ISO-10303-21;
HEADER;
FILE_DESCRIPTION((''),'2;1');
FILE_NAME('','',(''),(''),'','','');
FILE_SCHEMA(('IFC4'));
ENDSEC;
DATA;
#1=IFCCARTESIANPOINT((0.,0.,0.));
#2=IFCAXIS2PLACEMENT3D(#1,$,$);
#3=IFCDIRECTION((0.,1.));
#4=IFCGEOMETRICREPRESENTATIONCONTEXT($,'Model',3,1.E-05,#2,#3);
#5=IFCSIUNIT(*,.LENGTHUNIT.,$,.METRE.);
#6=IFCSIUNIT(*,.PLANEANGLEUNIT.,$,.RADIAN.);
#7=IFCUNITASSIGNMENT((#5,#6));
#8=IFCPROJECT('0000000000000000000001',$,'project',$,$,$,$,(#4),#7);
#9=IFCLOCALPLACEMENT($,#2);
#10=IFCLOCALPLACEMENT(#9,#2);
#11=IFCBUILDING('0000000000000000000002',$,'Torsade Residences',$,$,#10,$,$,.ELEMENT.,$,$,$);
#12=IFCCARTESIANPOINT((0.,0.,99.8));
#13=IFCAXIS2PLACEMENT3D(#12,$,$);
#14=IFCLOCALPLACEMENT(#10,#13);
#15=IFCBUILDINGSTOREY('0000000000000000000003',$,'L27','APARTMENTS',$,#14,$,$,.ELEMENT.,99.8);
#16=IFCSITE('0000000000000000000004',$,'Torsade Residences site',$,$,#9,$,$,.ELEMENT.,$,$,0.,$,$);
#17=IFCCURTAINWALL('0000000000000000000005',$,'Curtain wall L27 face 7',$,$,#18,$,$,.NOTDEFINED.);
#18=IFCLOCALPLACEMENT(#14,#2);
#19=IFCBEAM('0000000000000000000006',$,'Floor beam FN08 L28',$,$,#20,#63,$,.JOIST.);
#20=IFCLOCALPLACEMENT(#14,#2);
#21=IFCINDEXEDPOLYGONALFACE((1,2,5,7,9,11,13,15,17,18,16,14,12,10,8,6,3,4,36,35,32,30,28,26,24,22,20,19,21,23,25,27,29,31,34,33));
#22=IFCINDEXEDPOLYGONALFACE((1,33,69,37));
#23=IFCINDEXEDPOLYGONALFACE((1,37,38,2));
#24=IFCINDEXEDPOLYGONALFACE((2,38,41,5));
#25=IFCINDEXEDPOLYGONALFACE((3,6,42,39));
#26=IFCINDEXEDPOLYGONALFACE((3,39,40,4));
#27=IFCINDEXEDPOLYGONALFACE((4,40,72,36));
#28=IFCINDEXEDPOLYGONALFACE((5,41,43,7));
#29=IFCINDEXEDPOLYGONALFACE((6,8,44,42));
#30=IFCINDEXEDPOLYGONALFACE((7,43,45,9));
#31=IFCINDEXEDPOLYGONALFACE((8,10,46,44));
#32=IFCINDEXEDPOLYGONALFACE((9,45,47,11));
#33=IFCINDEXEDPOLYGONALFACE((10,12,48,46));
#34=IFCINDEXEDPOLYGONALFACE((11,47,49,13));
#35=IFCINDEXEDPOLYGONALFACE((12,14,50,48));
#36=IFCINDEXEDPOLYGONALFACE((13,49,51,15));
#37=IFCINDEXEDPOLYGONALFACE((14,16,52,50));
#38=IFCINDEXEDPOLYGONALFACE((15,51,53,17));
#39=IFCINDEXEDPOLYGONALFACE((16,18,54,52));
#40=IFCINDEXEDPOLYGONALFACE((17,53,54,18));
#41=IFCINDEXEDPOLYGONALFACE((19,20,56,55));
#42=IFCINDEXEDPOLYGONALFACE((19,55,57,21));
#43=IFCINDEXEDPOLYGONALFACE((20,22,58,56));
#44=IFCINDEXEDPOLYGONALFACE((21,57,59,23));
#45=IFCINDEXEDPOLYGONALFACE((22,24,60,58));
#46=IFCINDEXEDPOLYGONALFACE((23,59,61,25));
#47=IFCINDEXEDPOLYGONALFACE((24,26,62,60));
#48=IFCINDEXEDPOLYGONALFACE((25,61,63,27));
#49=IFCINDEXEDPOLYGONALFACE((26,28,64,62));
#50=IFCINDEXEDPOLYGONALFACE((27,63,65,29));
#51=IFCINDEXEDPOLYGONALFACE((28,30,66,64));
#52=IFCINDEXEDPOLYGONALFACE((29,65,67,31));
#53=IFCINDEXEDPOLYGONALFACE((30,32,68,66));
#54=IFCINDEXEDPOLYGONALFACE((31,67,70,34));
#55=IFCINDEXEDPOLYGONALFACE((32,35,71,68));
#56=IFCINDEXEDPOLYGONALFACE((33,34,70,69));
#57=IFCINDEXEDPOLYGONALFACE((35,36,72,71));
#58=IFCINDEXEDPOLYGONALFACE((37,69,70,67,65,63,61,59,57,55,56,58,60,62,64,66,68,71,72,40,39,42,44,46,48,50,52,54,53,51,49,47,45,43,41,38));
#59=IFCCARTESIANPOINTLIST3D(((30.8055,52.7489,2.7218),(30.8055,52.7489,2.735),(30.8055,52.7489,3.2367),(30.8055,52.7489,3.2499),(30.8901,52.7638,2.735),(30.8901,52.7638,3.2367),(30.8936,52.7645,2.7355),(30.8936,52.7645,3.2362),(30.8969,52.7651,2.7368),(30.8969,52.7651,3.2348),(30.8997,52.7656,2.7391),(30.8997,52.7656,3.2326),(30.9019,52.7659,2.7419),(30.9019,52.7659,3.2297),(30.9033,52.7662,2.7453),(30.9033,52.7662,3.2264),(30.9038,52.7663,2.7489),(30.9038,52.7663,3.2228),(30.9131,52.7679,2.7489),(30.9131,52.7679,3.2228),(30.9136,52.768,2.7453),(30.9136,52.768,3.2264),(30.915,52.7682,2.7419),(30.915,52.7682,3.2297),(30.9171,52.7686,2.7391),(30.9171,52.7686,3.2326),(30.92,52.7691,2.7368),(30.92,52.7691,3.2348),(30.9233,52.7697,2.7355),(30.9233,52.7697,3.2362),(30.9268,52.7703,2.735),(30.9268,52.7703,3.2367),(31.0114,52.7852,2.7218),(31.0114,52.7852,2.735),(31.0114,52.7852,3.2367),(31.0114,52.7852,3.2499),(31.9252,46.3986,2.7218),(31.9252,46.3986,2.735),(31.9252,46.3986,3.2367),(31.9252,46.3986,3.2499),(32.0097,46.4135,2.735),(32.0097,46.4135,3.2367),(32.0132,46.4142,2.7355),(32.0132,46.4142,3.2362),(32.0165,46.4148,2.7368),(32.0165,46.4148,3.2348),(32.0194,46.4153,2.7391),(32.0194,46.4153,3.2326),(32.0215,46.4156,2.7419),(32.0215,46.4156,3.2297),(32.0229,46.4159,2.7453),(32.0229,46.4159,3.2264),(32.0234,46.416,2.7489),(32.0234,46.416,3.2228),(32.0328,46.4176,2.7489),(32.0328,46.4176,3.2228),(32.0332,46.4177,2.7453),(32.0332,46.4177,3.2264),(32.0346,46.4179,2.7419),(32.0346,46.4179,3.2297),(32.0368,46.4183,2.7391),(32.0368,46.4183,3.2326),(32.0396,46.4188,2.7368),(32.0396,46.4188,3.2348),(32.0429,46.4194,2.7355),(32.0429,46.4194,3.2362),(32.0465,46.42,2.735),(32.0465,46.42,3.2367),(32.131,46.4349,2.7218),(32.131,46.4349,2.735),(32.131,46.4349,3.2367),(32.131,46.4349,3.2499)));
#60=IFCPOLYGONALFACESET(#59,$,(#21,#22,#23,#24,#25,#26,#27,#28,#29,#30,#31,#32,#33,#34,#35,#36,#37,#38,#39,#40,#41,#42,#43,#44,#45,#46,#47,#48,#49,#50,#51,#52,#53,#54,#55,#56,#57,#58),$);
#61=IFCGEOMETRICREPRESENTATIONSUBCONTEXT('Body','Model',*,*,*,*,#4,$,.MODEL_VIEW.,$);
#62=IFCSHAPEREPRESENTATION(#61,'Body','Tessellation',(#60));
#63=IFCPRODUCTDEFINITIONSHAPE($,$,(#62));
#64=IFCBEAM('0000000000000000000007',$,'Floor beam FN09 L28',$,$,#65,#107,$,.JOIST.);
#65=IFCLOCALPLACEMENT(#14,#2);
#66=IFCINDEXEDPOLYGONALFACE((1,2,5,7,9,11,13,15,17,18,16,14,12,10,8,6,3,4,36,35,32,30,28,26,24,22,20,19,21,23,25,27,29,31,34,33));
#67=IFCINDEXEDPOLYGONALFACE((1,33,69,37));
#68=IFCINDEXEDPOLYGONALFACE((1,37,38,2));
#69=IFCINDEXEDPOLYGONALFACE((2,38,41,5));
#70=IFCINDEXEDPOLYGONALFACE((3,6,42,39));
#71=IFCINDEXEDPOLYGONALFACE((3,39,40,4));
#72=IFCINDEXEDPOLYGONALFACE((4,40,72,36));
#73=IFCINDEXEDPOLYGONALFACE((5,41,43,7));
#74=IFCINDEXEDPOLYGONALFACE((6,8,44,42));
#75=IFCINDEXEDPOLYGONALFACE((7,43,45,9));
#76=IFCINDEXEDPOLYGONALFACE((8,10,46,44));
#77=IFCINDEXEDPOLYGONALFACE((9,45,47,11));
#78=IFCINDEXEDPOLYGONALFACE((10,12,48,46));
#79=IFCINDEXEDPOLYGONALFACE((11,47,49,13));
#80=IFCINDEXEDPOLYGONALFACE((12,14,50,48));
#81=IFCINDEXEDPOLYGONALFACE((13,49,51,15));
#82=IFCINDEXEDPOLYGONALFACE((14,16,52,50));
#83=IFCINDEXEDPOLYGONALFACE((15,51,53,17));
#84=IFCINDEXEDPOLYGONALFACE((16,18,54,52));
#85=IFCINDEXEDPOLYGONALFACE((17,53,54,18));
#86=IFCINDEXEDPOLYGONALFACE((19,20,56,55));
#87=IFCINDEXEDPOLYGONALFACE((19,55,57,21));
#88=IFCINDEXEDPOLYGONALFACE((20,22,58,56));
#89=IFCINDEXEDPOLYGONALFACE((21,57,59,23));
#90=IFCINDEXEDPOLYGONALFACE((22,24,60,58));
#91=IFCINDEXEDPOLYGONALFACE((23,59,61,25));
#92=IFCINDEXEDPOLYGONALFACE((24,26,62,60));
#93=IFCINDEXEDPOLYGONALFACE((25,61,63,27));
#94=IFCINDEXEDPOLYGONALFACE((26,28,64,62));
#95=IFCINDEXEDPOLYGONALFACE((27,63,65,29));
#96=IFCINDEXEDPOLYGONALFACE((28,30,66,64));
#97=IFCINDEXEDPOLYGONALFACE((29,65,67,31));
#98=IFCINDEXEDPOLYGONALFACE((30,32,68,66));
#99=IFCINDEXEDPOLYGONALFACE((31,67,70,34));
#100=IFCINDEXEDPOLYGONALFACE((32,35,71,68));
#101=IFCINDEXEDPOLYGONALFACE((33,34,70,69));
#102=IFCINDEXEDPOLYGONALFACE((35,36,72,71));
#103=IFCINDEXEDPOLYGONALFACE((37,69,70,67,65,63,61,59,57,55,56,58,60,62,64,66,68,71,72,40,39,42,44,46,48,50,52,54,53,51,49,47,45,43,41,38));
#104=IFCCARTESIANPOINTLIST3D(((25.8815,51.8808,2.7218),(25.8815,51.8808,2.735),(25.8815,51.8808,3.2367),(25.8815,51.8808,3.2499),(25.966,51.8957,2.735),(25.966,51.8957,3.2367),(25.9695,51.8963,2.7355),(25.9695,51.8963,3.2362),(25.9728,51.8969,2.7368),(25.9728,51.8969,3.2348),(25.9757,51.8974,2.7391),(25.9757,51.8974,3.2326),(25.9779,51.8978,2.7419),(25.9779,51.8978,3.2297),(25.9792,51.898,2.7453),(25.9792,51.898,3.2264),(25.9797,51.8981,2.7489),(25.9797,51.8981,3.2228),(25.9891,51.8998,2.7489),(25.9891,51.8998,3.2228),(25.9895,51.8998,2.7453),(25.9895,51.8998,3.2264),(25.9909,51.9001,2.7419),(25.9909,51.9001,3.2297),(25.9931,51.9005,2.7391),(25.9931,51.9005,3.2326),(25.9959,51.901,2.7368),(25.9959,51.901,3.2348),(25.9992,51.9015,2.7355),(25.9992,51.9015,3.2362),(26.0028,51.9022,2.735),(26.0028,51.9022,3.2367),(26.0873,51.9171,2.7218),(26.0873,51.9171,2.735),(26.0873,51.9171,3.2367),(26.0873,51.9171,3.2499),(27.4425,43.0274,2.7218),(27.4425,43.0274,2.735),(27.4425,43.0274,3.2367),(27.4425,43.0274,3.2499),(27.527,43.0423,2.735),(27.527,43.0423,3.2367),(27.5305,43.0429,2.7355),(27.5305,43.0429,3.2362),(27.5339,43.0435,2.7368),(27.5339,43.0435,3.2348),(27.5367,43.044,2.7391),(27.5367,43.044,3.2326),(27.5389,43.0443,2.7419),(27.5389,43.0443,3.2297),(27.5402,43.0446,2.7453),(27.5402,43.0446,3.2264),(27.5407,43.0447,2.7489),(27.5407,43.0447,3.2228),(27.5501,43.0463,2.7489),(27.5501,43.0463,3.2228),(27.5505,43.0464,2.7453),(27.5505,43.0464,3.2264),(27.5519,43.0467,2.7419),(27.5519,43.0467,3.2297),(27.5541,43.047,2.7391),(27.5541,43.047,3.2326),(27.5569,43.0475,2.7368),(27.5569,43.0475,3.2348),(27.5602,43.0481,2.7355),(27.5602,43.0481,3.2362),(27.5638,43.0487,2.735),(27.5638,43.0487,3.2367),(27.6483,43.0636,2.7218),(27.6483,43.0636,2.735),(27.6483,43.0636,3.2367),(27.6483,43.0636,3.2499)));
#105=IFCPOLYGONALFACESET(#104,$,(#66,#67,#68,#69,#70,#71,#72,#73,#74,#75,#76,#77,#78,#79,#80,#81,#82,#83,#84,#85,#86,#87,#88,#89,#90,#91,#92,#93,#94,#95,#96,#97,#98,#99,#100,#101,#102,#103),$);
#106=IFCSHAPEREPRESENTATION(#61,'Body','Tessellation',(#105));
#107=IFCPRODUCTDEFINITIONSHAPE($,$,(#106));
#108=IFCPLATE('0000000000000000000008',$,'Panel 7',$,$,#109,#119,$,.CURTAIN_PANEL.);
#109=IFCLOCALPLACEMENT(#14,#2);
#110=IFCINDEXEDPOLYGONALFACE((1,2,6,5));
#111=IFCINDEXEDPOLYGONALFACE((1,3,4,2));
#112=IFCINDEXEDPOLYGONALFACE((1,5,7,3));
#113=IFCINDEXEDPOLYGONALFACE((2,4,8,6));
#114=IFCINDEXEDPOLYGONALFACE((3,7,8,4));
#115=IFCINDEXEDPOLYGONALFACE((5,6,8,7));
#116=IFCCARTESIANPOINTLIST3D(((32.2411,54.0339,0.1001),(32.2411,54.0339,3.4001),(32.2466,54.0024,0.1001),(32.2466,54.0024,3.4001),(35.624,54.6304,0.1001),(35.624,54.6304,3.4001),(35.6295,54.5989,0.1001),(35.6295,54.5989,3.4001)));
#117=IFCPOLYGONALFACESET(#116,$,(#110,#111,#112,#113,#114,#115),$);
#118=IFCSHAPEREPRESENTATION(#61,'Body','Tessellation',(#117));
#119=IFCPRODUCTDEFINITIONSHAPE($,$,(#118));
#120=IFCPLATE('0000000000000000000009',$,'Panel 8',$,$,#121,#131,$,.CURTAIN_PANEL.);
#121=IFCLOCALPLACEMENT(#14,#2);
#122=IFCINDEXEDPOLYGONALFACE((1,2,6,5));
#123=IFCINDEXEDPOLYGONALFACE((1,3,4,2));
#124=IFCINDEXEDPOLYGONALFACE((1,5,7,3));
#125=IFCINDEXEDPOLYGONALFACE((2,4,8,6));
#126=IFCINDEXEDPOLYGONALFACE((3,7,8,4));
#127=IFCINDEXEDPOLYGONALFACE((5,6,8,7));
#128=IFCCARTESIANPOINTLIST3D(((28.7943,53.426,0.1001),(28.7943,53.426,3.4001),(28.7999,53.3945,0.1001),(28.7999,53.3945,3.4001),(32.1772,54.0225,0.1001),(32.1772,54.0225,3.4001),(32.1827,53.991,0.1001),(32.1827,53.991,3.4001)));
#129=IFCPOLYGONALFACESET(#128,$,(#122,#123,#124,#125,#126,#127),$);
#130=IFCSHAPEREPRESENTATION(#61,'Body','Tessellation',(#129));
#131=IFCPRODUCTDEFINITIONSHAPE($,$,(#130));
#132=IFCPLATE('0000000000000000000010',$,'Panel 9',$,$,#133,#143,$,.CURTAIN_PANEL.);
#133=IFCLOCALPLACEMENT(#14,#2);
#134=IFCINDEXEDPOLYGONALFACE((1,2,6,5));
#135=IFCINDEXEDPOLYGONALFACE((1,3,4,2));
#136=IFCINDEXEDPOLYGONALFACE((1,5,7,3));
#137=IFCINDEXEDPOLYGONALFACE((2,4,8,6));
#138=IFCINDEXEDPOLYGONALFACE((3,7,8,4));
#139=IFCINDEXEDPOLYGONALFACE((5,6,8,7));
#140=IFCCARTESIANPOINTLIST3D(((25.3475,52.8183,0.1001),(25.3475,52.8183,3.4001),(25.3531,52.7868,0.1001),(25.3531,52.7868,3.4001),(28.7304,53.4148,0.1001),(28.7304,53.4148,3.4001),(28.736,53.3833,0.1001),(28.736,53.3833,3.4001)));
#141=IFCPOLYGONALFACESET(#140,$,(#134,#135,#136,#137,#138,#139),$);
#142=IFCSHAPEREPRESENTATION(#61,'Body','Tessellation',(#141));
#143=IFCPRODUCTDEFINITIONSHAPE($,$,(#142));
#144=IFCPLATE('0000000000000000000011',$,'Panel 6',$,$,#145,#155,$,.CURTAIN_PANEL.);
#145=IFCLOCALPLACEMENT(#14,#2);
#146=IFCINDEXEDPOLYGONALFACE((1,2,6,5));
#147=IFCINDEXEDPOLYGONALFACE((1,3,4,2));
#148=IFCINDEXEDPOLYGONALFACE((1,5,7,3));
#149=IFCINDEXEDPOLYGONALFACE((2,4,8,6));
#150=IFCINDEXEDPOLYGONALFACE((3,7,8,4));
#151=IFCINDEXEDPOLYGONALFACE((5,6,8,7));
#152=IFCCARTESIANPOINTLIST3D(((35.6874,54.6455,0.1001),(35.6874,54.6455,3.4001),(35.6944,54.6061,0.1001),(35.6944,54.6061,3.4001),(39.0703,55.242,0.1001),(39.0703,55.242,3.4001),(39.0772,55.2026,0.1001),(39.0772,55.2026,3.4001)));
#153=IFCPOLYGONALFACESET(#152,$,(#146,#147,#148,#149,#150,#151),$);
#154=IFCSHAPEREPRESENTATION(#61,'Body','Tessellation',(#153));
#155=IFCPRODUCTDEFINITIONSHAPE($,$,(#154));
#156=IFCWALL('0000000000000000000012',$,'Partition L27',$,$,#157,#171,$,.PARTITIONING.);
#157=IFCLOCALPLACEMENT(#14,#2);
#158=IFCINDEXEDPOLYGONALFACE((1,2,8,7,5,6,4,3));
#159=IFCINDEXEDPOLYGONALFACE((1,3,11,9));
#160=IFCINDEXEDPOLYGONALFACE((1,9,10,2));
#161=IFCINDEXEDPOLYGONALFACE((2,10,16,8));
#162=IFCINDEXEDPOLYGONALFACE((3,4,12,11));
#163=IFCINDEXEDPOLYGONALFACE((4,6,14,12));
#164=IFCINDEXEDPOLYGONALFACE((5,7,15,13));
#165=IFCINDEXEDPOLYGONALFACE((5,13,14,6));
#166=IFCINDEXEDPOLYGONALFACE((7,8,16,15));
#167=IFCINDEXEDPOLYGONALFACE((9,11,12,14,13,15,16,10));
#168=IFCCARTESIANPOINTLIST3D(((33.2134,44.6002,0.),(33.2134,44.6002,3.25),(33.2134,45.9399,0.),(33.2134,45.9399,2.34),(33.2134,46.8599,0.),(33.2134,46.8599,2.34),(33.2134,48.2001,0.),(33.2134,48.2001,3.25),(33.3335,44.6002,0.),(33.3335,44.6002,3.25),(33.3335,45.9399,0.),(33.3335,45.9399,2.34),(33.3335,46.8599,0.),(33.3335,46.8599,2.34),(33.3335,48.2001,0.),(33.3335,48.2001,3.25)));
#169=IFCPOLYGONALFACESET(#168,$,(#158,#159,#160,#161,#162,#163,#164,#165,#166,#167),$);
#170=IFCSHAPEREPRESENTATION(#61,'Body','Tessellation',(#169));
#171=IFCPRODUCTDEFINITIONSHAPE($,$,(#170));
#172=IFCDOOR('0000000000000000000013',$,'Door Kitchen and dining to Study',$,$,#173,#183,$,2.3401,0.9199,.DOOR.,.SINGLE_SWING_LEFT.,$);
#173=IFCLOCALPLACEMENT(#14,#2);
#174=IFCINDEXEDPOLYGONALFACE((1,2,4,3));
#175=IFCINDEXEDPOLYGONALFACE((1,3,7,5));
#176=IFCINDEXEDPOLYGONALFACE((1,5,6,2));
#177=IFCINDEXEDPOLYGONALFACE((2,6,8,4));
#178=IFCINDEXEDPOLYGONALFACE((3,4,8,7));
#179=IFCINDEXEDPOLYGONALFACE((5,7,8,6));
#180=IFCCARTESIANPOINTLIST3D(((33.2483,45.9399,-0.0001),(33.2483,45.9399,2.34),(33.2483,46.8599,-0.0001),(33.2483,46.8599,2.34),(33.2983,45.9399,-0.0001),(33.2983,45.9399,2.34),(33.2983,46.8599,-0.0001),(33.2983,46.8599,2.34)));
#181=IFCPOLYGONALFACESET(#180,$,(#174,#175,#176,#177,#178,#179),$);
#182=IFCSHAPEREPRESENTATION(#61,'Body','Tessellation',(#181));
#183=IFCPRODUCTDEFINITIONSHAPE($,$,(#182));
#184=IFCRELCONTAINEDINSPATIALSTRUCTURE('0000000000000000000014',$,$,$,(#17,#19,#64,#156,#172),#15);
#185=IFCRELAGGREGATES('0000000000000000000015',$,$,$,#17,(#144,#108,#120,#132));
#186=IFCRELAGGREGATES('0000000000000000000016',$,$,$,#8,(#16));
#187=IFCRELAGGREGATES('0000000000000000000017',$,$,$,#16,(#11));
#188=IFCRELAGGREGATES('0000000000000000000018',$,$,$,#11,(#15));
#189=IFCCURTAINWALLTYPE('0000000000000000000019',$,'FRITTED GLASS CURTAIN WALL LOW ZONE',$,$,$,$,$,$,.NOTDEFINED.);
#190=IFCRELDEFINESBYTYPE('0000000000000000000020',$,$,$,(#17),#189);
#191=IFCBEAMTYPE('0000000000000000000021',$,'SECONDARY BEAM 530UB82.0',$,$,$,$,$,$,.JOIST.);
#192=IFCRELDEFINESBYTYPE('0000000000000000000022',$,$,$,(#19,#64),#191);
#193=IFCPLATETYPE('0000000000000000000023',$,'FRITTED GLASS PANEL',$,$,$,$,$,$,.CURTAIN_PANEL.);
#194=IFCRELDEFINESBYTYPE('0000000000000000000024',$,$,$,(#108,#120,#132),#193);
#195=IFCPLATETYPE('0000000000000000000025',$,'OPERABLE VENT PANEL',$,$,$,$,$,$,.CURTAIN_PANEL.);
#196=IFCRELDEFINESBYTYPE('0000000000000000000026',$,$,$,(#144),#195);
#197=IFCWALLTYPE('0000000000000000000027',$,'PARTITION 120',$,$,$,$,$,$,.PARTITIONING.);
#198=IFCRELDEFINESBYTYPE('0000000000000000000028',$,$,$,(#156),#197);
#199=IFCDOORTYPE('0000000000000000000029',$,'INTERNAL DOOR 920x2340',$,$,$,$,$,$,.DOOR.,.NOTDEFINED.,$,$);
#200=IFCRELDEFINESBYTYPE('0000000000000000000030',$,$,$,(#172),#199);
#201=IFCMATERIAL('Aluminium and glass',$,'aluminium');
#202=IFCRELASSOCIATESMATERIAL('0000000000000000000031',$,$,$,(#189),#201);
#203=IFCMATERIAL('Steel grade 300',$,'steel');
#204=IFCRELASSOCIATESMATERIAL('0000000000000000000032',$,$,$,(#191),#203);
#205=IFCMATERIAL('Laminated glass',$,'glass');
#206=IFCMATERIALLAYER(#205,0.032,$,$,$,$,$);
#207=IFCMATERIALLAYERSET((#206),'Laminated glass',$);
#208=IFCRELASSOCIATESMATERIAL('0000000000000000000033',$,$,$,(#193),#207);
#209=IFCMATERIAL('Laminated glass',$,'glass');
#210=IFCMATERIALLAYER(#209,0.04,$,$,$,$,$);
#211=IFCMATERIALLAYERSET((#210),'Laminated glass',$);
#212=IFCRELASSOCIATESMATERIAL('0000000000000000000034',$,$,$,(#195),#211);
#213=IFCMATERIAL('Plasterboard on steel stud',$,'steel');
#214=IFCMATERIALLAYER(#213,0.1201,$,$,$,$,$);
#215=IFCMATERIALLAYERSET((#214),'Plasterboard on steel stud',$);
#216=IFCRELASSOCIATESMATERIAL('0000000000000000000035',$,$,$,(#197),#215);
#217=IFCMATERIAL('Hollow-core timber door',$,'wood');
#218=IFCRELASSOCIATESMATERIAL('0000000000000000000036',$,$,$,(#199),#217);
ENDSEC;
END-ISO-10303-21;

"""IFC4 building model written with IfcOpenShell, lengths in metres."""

from ifc_helpers import new_model, si_unit, direction, frame, frame_2d, origin, origin_2d, place, context, subcontext, project, spatial, rectangle, i_section, extrude, material, layer, layer_set, material_profile, profile_set, type_object, element, fill, aggregate, save


model = new_model("IFC4")

# Units and contexts
model_context = context("Model", 3, precision=1e-05, world=origin(), true_north=direction((0.0, 1.0)))
body_context = subcontext(model_context, "Body", "Model", "MODEL_VIEW")
ifc_project = project(units=[si_unit("LENGTHUNIT", "METRE"), si_unit("PLANEANGLEUNIT", "RADIAN")], contexts=[model_context])

# Site, building, storey
site_placement = place(None, origin())
site = spatial("IfcSite", under=ifc_project, at=site_placement, Name="Torsade Residences site", CompositionType="ELEMENT", RefElevation=0.0)
building_placement = place(site_placement, origin())
building = spatial("IfcBuilding", under=site, at=building_placement, Name="Torsade Residences", CompositionType="ELEMENT")
storey_placement = place(building_placement, frame((0.0, 0.0, 99.8)))
storey = spatial("IfcBuildingStorey", under=building, at=storey_placement, Name="L27", Description="APARTMENTS", CompositionType="ELEMENT", Elevation=99.8)

# Curtain wall
ifc_material_1 = material(Name="Aluminium and glass", Category="aluminium")
curtain_wall_type = type_object("IfcCurtainWallType", Name="FRITTED GLASS CURTAIN WALL LOW ZONE", PredefinedType="NOTDEFINED", material=ifc_material_1)
curtain_wall_placement = place(storey_placement, origin())
curtain_wall = element("IfcCurtainWall", 1, at=curtain_wall_placement, inside=storey, type_object=curtain_wall_type, Name="Curtain wall L27 face 7", PredefinedType="NOTDEFINED")

# Beams
ifc_material_2 = material(Name="Steel grade 300", Category="steel")
ifc_material_profile_1 = material_profile(ifc_material_2, i_section(OverallWidth=0.209, OverallDepth=0.5281, WebThickness=0.0095, FlangeThickness=0.0132, FilletRadius=0.0139, at=origin_2d()), Name="530UB82.0")
ifc_profile_set_1 = profile_set([ifc_material_profile_1], Name="Steel grade 300")
beam_type_1 = type_object("IfcBeamType", Name="SECONDARY BEAM 530UB82.0", PredefinedType="JOIST", material=ifc_profile_set_1)
beam_1_placement = place(storey_placement, frame((30.9084, 52.7671, 2.9858), z_axis=(0.173632, -0.984811, 0.0), x_axis=(0.984811, 0.173632, 0.0)))
element("IfcBeam", 2, at=beam_1_placement, inside=storey, type_object=beam_type_1, Name="Floor beam FN08 L28", PredefinedType="JOIST", context=body_context, shape_type="SweptSolid", body=[
    extrude(i_section(OverallWidth=0.209, OverallDepth=0.5281, WebThickness=0.0095, FlangeThickness=0.0132, FilletRadius=0.0139, at=origin_2d()), origin(), (0.0, 0.0, 1.0), 6.4482),
])
beam_2_placement = place(storey_placement, frame((25.9844, 51.8989, 2.9858), z_axis=(0.17364, -0.984809, 0.0), x_axis=(0.984809, 0.17364, 0.0)))
element("IfcBeam", 3, at=beam_2_placement, inside=storey, type_object=beam_type_1, Name="Floor beam FN09 L28", PredefinedType="JOIST", context=body_context, shape_type="SweptSolid", body=[
    extrude(i_section(OverallWidth=0.209, OverallDepth=0.5281, WebThickness=0.0095, FlangeThickness=0.0132, FilletRadius=0.0139, at=origin_2d()), origin(), (0.0, 0.0, 1.0), 8.99),
])

# Plates
ifc_material_3 = material(Name="Laminated glass", Category="glass")
ifc_layer_1 = layer(ifc_material_3, 0.032)
ifc_layer_set_1 = layer_set([ifc_layer_1], Name="Laminated glass")
plate_type_1 = type_object("IfcPlateType", Name="FRITTED GLASS PANEL", PredefinedType="CURTAIN_PANEL", material=ifc_layer_set_1)
plate_1_placement = place(storey_placement, frame((33.9353, 54.3164, 0.1001), z_axis=(0.0, 0.0, 1.0), x_axis=(-0.984808, -0.173648, 0.0)))
plate_1 = element("IfcPlate", 4, at=plate_1_placement, type_object=plate_type_1, Name="Panel 7", PredefinedType="CURTAIN_PANEL", context=body_context, shape_type="SweptSolid", body=[
    extrude(rectangle(XDim=3.4351, YDim=0.032, at=origin_2d()), origin(), (0.0, 0.0, 1.0), 3.3),
])
plate_2_placement = place(storey_placement, frame((30.4885, 53.7085, 0.1001), z_axis=(0.0, 0.0, 1.0), x_axis=(-0.984808, -0.173648, 0.0)))
plate_2 = element("IfcPlate", 5, at=plate_2_placement, type_object=plate_type_1, Name="Panel 8", PredefinedType="CURTAIN_PANEL", context=body_context, shape_type="SweptSolid", body=[
    extrude(rectangle(XDim=3.4351, YDim=0.032, at=origin_2d()), origin(), (0.0, 0.0, 1.0), 3.3),
])
plate_3_placement = place(storey_placement, frame((27.0417, 53.1008, 0.1001), z_axis=(0.0, 0.0, 1.0), x_axis=(-0.984808, -0.173648, 0.0)))
plate_3 = element("IfcPlate", 6, at=plate_3_placement, type_object=plate_type_1, Name="Panel 9", PredefinedType="CURTAIN_PANEL", context=body_context, shape_type="SweptSolid", body=[
    extrude(rectangle(XDim=3.4351, YDim=0.032, at=origin_2d()), origin(), (0.0, 0.0, 1.0), 3.3),
])
ifc_material_4 = material(Name="Laminated glass", Category="glass")
ifc_layer_2 = layer(ifc_material_4, 0.04)
ifc_layer_set_2 = layer_set([ifc_layer_2], Name="Laminated glass")
plate_type_2 = type_object("IfcPlateType", Name="OPERABLE VENT PANEL", PredefinedType="CURTAIN_PANEL", material=ifc_layer_set_2)
plate_4_placement = place(storey_placement, frame((37.3823, 54.9241, 0.1001), z_axis=(0.0, 0.0, 1.0), x_axis=(-0.984808, -0.173648, 0.0)))
plate_4 = element("IfcPlate", 7, at=plate_4_placement, type_object=plate_type_2, Name="Panel 6", PredefinedType="CURTAIN_PANEL", context=body_context, shape_type="SweptSolid", body=[
    extrude(rectangle(XDim=3.4351, YDim=0.04, at=origin_2d()), origin(), (0.0, 0.0, 1.0), 3.3),
])
aggregate(curtain_wall, [plate_4, plate_1, plate_2, plate_3])

# Wall, opening, door
ifc_material_5 = material(Name="Plasterboard on steel stud", Category="steel")
ifc_layer_3 = layer(ifc_material_5, 0.1201)
ifc_layer_set_3 = layer_set([ifc_layer_3], Name="Plasterboard on steel stud")
wall_type_1 = type_object("IfcWallType", Name="PARTITION 120", PredefinedType="PARTITIONING", material=ifc_layer_set_3)
wall_1_placement = place(storey_placement, frame((33.2734, 48.2, 0.0), z_axis=(0.0, 0.0, 1.0), x_axis=(0.0, -1.0, 0.0)))
wall_1 = element("IfcWall", 8, at=wall_1_placement, inside=storey, type_object=wall_type_1, Name="Partition L27", PredefinedType="PARTITIONING", context=body_context, shape_type="SweptSolid", body=[
    extrude(rectangle(XDim=3.5999, YDim=0.1201, at=frame_2d((1.7998, 0.0))), origin(), (0.0, 0.0, 1.0), 3.25),
])
opening_placement = place(wall_1_placement, frame((1.3401, 0.0, 0.0)))
opening = element("IfcOpeningElement", 9, at=opening_placement, cuts=wall_1, PredefinedType="OPENING", context=body_context, shape_type="SweptSolid", body=[
    extrude(rectangle(XDim=0.9199, YDim=2.3401, at=frame_2d((0.46, 1.1699))), frame((0.0, 0.0701, 0.0), z_axis=(0.0, -1.0, 0.0), x_axis=(1.0, 0.0, 0.0)), (0.0, 0.0, 1.0), 0.1401),
])
ifc_material_6 = material(Name="Hollow-core timber door", Category="wood")
door_type = type_object("IfcDoorType", Name="INTERNAL DOOR 920x2340", OperationType="NOTDEFINED", PredefinedType="DOOR", material=ifc_material_6)
door_placement = place(opening_placement, origin())
door = element("IfcDoor", 10, at=door_placement, inside=storey, type_object=door_type, Name="Door Kitchen and dining to Study", OperationType="SINGLE_SWING_LEFT", OverallHeight=2.3401, OverallWidth=0.9199, PredefinedType="DOOR", context=body_context, shape_type="SweptSolid", body=[
    extrude(rectangle(XDim=0.9199, YDim=2.3401, at=frame_2d((0.46, 1.1699))), frame((0.0, 0.0249, 0.0), z_axis=(0.0, -1.0, 0.0), x_axis=(1.0, 0.0, 0.0)), (0.0, 0.0, 1.0), 0.05),
])
fill(opening, door)

save(model, "model.ifc")
